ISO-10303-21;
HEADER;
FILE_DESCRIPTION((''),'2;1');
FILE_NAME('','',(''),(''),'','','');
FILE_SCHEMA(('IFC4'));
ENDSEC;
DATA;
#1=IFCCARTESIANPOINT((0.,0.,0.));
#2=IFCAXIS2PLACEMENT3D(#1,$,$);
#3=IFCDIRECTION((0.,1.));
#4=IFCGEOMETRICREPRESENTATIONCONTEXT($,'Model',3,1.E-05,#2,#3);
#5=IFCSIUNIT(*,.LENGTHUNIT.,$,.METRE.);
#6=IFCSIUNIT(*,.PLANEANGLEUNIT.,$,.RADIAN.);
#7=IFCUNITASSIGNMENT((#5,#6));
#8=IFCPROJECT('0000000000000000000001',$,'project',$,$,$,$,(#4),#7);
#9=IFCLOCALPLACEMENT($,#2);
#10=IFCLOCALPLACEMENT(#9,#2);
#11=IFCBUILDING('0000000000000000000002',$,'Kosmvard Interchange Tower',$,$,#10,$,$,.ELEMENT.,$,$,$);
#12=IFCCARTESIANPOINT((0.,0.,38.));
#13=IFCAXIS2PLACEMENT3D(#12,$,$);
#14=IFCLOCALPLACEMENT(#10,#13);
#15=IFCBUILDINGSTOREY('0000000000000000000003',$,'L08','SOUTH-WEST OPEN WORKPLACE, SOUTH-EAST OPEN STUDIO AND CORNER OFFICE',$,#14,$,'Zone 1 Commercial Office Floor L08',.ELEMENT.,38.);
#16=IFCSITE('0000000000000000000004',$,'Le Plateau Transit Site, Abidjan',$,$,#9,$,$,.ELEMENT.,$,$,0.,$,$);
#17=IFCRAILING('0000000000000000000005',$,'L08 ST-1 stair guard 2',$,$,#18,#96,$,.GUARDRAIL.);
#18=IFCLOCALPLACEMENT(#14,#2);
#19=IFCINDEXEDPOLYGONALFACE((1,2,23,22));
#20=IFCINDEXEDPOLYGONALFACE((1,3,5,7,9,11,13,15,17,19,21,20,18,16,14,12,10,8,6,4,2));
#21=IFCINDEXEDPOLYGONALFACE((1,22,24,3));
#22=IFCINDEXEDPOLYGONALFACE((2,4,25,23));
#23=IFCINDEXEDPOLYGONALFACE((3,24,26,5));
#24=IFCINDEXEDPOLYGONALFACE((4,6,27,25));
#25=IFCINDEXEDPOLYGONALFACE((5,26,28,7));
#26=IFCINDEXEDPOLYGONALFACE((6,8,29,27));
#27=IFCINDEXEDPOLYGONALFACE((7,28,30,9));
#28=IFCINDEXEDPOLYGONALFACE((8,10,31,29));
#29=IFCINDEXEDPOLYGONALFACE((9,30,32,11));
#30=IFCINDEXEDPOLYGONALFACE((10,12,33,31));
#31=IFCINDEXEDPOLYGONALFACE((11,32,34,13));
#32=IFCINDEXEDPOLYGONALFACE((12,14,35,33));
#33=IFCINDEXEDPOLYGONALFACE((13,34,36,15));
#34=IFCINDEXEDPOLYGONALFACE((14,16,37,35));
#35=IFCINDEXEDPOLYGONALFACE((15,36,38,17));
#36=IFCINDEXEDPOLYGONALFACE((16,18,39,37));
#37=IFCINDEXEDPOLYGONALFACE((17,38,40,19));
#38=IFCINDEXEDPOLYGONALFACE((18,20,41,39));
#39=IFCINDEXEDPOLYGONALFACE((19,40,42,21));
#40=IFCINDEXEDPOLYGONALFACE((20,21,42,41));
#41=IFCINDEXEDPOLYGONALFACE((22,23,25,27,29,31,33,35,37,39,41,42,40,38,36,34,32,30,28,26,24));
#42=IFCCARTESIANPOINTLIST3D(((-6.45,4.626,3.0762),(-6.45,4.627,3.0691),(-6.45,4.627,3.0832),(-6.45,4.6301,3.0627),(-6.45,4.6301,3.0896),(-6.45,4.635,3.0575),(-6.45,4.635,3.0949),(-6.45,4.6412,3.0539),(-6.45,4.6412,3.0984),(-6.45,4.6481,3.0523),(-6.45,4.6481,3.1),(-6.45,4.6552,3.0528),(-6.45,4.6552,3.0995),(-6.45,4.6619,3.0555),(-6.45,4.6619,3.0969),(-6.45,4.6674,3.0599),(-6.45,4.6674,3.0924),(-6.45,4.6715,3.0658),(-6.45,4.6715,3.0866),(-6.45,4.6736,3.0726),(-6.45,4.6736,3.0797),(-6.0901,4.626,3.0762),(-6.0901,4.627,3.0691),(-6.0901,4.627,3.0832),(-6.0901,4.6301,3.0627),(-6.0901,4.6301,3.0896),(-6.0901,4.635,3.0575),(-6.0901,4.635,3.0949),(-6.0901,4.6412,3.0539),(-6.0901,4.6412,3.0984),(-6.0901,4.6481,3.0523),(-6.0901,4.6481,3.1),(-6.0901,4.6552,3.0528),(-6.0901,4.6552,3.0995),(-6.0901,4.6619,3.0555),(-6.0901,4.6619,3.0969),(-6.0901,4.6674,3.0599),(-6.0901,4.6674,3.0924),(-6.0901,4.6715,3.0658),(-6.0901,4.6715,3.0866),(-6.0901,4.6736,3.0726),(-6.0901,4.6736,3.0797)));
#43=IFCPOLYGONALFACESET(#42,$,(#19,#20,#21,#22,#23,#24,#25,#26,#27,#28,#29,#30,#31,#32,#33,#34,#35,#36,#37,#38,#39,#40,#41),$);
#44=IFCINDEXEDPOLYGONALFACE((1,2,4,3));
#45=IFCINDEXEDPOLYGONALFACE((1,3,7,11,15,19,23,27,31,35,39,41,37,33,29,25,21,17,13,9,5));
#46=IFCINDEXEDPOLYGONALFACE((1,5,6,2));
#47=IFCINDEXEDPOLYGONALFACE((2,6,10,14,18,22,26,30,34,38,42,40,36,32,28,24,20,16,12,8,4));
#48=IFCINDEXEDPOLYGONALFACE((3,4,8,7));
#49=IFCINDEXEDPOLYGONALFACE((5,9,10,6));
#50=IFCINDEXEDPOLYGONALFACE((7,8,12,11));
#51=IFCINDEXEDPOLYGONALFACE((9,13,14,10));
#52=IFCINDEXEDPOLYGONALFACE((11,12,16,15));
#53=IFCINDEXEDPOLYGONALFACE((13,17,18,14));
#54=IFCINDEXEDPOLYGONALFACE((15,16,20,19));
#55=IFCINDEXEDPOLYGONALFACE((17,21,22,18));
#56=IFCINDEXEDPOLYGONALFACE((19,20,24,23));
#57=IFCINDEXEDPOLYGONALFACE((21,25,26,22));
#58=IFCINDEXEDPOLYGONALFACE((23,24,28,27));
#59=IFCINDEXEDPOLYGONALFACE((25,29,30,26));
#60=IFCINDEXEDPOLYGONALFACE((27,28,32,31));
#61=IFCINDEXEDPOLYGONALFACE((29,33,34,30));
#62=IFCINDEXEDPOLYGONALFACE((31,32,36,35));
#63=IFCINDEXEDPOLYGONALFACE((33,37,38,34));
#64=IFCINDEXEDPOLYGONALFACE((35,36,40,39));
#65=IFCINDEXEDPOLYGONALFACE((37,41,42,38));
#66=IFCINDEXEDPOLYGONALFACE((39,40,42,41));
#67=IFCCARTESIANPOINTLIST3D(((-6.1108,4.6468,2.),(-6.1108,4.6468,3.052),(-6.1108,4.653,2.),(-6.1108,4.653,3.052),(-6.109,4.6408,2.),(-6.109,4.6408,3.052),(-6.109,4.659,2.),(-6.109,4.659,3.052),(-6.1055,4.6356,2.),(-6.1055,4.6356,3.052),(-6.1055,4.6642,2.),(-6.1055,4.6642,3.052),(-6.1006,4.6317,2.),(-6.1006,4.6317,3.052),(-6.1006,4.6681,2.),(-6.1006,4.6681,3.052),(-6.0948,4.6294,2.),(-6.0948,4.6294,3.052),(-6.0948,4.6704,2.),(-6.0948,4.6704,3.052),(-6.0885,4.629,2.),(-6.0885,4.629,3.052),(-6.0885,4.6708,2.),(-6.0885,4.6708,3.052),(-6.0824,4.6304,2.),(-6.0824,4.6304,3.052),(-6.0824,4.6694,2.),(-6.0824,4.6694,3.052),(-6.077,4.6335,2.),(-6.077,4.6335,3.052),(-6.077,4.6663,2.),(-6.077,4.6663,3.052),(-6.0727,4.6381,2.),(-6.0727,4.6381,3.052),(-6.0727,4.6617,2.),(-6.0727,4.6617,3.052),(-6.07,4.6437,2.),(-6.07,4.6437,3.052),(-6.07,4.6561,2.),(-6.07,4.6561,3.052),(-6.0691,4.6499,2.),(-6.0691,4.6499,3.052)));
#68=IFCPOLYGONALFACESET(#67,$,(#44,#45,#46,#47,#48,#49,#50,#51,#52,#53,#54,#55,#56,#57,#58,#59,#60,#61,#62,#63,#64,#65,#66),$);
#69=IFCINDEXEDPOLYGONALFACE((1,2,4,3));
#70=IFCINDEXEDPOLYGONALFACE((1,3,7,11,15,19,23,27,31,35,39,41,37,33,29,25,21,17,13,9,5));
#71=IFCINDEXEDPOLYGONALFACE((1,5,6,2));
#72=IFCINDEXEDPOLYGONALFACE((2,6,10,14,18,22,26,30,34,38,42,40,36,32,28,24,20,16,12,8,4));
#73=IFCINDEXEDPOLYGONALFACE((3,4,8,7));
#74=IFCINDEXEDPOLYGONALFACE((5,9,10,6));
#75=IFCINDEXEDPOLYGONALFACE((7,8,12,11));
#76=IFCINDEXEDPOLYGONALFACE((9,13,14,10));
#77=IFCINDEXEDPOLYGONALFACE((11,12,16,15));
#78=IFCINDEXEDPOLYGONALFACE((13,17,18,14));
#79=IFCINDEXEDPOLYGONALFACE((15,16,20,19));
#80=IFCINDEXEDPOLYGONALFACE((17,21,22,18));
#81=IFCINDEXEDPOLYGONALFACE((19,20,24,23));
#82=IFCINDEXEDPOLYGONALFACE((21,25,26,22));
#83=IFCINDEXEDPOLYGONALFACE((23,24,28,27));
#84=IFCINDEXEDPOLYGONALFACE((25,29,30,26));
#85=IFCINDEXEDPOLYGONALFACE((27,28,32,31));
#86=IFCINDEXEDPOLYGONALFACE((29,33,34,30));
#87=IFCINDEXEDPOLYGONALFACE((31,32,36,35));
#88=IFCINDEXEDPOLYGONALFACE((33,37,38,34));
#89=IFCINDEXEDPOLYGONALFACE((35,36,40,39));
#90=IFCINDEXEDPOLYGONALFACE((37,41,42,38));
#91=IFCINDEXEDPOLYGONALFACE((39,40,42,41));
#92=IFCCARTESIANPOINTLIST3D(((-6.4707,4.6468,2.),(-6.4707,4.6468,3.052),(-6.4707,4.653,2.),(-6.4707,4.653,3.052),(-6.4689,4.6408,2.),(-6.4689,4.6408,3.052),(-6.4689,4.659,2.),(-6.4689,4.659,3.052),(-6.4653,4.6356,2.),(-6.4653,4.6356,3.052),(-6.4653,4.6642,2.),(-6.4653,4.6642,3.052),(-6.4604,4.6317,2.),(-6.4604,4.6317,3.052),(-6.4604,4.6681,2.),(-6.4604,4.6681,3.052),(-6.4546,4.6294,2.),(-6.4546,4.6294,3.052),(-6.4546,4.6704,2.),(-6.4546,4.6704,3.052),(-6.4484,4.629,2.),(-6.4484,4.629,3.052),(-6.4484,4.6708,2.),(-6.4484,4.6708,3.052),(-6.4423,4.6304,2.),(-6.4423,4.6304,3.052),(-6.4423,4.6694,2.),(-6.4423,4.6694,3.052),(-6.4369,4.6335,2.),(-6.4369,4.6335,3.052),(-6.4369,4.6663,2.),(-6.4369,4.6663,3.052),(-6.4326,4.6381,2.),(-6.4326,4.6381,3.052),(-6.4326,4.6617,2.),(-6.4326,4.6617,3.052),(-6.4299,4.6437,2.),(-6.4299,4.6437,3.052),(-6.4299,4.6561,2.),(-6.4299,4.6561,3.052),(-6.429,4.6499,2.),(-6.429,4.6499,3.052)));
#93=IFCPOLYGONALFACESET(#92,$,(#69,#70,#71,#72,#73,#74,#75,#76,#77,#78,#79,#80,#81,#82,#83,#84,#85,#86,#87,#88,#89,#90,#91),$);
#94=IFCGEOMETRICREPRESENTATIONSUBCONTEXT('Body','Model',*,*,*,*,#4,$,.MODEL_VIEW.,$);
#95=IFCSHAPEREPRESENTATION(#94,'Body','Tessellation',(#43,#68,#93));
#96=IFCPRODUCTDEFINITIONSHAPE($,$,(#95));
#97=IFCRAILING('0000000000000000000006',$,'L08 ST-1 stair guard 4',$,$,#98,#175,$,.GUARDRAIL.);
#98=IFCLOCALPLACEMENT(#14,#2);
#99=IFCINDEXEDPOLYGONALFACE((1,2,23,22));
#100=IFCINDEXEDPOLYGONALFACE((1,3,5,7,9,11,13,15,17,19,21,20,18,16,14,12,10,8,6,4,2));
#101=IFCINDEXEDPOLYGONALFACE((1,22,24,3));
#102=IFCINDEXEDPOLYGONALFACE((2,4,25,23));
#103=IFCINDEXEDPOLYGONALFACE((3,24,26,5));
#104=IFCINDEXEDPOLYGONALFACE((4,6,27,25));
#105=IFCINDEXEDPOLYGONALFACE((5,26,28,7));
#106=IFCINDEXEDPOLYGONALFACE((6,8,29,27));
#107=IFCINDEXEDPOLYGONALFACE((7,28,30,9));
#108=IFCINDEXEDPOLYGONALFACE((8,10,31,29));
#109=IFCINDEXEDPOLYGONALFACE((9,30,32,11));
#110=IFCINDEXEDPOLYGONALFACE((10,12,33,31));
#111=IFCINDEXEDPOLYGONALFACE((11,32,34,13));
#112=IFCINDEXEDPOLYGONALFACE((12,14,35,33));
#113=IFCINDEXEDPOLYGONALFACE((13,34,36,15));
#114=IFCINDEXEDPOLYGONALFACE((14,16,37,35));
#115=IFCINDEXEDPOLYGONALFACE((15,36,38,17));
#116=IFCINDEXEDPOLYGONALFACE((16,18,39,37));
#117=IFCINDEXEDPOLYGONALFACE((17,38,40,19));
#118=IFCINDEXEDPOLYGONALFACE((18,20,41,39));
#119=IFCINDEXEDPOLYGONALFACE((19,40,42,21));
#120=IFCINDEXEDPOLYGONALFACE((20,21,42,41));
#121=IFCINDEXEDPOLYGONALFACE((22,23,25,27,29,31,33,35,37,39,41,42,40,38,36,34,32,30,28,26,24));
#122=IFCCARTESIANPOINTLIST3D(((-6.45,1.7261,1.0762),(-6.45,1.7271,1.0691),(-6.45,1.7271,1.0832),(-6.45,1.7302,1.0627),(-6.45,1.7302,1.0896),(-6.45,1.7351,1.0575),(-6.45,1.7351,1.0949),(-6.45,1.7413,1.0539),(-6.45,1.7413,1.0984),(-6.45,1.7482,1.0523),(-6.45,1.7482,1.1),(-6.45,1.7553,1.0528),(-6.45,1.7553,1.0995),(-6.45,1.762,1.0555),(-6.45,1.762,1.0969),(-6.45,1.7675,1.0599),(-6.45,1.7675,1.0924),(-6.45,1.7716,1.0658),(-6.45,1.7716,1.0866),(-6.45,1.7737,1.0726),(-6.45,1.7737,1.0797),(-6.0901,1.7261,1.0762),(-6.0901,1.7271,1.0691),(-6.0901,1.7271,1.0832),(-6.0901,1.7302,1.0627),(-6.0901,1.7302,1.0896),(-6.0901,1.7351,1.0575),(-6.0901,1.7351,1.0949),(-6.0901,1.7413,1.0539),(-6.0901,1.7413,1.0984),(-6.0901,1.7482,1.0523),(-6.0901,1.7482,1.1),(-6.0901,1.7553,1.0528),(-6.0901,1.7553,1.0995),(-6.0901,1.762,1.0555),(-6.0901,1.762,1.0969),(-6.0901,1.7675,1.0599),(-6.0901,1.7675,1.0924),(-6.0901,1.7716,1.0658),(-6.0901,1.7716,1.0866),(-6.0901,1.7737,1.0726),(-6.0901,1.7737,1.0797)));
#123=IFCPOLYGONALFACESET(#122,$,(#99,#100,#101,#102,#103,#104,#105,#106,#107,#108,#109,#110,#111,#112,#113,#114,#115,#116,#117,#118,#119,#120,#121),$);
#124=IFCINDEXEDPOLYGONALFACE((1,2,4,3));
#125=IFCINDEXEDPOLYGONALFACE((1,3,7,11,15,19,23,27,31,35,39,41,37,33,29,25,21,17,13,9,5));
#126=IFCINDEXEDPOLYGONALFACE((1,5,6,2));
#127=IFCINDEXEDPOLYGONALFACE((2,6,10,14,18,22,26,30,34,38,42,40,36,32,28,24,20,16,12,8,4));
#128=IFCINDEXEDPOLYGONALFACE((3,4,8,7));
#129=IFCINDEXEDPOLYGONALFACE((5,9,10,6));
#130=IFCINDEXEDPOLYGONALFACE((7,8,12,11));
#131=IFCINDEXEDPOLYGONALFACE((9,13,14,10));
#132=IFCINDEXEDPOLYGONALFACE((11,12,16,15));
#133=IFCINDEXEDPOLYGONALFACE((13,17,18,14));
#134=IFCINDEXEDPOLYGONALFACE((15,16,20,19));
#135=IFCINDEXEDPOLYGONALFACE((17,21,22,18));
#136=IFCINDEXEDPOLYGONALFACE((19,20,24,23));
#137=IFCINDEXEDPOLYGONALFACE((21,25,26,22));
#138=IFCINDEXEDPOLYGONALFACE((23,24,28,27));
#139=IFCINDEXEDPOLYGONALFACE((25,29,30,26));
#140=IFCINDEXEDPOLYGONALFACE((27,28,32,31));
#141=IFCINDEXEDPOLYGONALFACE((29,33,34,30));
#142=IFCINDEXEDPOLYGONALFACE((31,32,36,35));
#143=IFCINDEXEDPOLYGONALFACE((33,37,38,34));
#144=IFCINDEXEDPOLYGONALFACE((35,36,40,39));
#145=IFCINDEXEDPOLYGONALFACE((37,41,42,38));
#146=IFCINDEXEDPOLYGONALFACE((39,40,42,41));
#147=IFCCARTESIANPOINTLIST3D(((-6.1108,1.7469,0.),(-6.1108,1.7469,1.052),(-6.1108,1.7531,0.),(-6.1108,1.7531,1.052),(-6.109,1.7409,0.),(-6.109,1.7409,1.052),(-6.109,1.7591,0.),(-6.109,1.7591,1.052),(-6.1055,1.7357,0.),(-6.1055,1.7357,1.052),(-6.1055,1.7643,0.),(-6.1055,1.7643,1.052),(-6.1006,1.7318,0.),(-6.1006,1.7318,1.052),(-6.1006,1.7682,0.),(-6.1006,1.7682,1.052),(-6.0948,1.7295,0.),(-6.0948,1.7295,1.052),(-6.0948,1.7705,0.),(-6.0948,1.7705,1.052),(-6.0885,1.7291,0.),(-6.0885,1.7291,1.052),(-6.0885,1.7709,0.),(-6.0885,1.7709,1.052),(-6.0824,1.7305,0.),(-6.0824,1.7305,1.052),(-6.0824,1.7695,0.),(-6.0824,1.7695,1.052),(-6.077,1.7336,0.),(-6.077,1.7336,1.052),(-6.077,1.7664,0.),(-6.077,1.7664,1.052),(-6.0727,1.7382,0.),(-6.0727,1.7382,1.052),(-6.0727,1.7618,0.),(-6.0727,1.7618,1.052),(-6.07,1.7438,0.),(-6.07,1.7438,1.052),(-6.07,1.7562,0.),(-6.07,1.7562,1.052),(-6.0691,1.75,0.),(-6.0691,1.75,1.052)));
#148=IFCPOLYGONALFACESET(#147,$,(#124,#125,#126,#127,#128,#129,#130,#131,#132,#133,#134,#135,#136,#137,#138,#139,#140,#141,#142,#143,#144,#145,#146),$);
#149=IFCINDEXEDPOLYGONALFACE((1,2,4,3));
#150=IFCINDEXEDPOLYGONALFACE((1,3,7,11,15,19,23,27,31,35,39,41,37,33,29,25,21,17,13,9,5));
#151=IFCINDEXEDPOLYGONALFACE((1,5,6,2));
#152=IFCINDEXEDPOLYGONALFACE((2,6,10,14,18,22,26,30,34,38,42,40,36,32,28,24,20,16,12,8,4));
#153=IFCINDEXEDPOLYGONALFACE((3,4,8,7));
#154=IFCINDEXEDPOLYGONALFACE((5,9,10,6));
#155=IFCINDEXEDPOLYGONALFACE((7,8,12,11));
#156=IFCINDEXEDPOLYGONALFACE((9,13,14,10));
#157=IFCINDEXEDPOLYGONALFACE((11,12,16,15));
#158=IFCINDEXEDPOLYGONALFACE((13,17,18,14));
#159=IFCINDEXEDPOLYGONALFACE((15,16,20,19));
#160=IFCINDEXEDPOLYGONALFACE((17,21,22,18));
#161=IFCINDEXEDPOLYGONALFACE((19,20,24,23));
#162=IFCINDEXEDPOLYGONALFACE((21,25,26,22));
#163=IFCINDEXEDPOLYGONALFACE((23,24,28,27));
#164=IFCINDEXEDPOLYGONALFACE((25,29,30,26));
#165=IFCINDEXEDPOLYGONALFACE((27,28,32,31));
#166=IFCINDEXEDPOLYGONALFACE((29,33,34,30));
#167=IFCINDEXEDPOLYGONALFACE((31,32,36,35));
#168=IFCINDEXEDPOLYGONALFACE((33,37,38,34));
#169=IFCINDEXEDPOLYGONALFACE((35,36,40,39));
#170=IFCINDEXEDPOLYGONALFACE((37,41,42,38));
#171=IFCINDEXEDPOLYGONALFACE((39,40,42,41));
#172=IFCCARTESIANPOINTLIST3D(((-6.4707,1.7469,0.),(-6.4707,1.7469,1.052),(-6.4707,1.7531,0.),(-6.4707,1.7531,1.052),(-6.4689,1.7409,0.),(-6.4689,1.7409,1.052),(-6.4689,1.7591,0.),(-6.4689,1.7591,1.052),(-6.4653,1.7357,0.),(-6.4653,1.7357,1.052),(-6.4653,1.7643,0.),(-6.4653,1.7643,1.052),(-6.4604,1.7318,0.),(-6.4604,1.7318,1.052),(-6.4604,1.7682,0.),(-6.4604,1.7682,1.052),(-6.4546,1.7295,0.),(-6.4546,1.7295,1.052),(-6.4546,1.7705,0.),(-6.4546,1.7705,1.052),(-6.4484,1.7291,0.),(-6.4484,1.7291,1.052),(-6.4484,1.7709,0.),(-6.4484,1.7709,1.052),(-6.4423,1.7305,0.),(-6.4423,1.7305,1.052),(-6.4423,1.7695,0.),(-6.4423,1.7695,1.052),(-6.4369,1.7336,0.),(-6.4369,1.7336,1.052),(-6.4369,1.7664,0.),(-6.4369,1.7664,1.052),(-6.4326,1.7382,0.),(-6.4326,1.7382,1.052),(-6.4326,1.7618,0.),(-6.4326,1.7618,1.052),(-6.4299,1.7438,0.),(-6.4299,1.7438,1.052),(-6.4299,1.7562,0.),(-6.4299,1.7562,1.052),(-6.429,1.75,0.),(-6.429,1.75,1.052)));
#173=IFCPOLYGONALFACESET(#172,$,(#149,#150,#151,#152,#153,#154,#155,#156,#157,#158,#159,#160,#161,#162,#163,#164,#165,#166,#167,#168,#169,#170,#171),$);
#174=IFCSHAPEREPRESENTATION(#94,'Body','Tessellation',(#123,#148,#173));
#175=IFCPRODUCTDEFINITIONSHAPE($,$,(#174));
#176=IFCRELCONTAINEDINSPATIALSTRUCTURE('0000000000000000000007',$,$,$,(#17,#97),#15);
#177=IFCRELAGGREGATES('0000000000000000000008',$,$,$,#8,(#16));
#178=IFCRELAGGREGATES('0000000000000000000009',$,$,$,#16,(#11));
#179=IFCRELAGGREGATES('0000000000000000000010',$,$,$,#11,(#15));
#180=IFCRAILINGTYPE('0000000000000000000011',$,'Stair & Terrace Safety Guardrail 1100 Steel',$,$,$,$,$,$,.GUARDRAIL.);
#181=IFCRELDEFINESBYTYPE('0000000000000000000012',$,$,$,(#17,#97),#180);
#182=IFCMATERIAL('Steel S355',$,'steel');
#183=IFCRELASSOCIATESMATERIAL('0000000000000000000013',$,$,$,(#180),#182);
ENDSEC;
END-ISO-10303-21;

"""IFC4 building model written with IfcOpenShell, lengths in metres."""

from ifc_helpers import new_model, si_unit, direction, frame, origin, origin_2d, place, context, subcontext, project, spatial, circle, extrude, source, transform, mapped, material, type_object, element, save


model = new_model("IFC4")

# Units and contexts
model_context = context("Model", 3, precision=1e-05, world=origin(), true_north=direction((0.0, 1.0)))
body_context = subcontext(model_context, "Body", "Model", "MODEL_VIEW")
ifc_project = project(units=[si_unit("LENGTHUNIT", "METRE"), si_unit("PLANEANGLEUNIT", "RADIAN")], contexts=[model_context])

# Site, building, storey
site_placement = place(None, origin())
site = spatial("IfcSite", under=ifc_project, at=site_placement, Name="Le Plateau Transit Site, Abidjan", CompositionType="ELEMENT", RefElevation=0.0)
building_placement = place(site_placement, origin())
building = spatial("IfcBuilding", under=site, at=building_placement, Name="Kosmvard Interchange Tower", CompositionType="ELEMENT")
storey_placement = place(building_placement, frame((0.0, 0.0, 38.0)))
storey = spatial("IfcBuildingStorey", under=building, at=storey_placement, Name="L08", Description="SOUTH-WEST OPEN WORKPLACE, SOUTH-EAST OPEN STUDIO AND CORNER OFFICE", LongName="Zone 1 Commercial Office Floor L08", CompositionType="ELEMENT", Elevation=38.0)

# Railings
ifc_material_1 = material(Name="Steel S355", Category="steel")
railing_type_1 = type_object("IfcRailingType", Name="Stair & Terrace Safety Guardrail 1100 Steel", PredefinedType="GUARDRAIL", material=ifc_material_1)
shared_shape_1 = source(origin(), body_context, "Body", "SweptSolid", [
    extrude(circle(Radius=0.0239, at=origin_2d()), frame((0.0, 0.0, 1.0762), z_axis=(-1.0, 0.0, 0.0), x_axis=(0.0, -1.0, 0.0)), (0.0, 0.0, 1.0), 0.3599),
    extrude(circle(Radius=0.021, at=origin_2d()), origin(), (0.0, 0.0, 1.0), 1.052),
    extrude(circle(Radius=0.021, at=origin_2d()), frame((-0.3599, 0.0, 0.0)), (0.0, 0.0, 1.0), 1.052),
])
for number, where, name in (
    (1, (-6.0901, 4.6499, 2.0), "L08 ST-1 stair guard 2"),
    (2, (-6.0901, 1.75, 0.0), "L08 ST-1 stair guard 4"),
):
    element("IfcRailing", number, at=place(storey_placement, frame(where)), inside=storey, type_object=railing_type_1, Name=name, PredefinedType="GUARDRAIL", context=body_context, shape_type="MappedRepresentation", body=[
        mapped(shared_shape_1, transform((0.0, 0.0, 0.0), scale=1.0)),
    ])

save(model, "model.ifc")
